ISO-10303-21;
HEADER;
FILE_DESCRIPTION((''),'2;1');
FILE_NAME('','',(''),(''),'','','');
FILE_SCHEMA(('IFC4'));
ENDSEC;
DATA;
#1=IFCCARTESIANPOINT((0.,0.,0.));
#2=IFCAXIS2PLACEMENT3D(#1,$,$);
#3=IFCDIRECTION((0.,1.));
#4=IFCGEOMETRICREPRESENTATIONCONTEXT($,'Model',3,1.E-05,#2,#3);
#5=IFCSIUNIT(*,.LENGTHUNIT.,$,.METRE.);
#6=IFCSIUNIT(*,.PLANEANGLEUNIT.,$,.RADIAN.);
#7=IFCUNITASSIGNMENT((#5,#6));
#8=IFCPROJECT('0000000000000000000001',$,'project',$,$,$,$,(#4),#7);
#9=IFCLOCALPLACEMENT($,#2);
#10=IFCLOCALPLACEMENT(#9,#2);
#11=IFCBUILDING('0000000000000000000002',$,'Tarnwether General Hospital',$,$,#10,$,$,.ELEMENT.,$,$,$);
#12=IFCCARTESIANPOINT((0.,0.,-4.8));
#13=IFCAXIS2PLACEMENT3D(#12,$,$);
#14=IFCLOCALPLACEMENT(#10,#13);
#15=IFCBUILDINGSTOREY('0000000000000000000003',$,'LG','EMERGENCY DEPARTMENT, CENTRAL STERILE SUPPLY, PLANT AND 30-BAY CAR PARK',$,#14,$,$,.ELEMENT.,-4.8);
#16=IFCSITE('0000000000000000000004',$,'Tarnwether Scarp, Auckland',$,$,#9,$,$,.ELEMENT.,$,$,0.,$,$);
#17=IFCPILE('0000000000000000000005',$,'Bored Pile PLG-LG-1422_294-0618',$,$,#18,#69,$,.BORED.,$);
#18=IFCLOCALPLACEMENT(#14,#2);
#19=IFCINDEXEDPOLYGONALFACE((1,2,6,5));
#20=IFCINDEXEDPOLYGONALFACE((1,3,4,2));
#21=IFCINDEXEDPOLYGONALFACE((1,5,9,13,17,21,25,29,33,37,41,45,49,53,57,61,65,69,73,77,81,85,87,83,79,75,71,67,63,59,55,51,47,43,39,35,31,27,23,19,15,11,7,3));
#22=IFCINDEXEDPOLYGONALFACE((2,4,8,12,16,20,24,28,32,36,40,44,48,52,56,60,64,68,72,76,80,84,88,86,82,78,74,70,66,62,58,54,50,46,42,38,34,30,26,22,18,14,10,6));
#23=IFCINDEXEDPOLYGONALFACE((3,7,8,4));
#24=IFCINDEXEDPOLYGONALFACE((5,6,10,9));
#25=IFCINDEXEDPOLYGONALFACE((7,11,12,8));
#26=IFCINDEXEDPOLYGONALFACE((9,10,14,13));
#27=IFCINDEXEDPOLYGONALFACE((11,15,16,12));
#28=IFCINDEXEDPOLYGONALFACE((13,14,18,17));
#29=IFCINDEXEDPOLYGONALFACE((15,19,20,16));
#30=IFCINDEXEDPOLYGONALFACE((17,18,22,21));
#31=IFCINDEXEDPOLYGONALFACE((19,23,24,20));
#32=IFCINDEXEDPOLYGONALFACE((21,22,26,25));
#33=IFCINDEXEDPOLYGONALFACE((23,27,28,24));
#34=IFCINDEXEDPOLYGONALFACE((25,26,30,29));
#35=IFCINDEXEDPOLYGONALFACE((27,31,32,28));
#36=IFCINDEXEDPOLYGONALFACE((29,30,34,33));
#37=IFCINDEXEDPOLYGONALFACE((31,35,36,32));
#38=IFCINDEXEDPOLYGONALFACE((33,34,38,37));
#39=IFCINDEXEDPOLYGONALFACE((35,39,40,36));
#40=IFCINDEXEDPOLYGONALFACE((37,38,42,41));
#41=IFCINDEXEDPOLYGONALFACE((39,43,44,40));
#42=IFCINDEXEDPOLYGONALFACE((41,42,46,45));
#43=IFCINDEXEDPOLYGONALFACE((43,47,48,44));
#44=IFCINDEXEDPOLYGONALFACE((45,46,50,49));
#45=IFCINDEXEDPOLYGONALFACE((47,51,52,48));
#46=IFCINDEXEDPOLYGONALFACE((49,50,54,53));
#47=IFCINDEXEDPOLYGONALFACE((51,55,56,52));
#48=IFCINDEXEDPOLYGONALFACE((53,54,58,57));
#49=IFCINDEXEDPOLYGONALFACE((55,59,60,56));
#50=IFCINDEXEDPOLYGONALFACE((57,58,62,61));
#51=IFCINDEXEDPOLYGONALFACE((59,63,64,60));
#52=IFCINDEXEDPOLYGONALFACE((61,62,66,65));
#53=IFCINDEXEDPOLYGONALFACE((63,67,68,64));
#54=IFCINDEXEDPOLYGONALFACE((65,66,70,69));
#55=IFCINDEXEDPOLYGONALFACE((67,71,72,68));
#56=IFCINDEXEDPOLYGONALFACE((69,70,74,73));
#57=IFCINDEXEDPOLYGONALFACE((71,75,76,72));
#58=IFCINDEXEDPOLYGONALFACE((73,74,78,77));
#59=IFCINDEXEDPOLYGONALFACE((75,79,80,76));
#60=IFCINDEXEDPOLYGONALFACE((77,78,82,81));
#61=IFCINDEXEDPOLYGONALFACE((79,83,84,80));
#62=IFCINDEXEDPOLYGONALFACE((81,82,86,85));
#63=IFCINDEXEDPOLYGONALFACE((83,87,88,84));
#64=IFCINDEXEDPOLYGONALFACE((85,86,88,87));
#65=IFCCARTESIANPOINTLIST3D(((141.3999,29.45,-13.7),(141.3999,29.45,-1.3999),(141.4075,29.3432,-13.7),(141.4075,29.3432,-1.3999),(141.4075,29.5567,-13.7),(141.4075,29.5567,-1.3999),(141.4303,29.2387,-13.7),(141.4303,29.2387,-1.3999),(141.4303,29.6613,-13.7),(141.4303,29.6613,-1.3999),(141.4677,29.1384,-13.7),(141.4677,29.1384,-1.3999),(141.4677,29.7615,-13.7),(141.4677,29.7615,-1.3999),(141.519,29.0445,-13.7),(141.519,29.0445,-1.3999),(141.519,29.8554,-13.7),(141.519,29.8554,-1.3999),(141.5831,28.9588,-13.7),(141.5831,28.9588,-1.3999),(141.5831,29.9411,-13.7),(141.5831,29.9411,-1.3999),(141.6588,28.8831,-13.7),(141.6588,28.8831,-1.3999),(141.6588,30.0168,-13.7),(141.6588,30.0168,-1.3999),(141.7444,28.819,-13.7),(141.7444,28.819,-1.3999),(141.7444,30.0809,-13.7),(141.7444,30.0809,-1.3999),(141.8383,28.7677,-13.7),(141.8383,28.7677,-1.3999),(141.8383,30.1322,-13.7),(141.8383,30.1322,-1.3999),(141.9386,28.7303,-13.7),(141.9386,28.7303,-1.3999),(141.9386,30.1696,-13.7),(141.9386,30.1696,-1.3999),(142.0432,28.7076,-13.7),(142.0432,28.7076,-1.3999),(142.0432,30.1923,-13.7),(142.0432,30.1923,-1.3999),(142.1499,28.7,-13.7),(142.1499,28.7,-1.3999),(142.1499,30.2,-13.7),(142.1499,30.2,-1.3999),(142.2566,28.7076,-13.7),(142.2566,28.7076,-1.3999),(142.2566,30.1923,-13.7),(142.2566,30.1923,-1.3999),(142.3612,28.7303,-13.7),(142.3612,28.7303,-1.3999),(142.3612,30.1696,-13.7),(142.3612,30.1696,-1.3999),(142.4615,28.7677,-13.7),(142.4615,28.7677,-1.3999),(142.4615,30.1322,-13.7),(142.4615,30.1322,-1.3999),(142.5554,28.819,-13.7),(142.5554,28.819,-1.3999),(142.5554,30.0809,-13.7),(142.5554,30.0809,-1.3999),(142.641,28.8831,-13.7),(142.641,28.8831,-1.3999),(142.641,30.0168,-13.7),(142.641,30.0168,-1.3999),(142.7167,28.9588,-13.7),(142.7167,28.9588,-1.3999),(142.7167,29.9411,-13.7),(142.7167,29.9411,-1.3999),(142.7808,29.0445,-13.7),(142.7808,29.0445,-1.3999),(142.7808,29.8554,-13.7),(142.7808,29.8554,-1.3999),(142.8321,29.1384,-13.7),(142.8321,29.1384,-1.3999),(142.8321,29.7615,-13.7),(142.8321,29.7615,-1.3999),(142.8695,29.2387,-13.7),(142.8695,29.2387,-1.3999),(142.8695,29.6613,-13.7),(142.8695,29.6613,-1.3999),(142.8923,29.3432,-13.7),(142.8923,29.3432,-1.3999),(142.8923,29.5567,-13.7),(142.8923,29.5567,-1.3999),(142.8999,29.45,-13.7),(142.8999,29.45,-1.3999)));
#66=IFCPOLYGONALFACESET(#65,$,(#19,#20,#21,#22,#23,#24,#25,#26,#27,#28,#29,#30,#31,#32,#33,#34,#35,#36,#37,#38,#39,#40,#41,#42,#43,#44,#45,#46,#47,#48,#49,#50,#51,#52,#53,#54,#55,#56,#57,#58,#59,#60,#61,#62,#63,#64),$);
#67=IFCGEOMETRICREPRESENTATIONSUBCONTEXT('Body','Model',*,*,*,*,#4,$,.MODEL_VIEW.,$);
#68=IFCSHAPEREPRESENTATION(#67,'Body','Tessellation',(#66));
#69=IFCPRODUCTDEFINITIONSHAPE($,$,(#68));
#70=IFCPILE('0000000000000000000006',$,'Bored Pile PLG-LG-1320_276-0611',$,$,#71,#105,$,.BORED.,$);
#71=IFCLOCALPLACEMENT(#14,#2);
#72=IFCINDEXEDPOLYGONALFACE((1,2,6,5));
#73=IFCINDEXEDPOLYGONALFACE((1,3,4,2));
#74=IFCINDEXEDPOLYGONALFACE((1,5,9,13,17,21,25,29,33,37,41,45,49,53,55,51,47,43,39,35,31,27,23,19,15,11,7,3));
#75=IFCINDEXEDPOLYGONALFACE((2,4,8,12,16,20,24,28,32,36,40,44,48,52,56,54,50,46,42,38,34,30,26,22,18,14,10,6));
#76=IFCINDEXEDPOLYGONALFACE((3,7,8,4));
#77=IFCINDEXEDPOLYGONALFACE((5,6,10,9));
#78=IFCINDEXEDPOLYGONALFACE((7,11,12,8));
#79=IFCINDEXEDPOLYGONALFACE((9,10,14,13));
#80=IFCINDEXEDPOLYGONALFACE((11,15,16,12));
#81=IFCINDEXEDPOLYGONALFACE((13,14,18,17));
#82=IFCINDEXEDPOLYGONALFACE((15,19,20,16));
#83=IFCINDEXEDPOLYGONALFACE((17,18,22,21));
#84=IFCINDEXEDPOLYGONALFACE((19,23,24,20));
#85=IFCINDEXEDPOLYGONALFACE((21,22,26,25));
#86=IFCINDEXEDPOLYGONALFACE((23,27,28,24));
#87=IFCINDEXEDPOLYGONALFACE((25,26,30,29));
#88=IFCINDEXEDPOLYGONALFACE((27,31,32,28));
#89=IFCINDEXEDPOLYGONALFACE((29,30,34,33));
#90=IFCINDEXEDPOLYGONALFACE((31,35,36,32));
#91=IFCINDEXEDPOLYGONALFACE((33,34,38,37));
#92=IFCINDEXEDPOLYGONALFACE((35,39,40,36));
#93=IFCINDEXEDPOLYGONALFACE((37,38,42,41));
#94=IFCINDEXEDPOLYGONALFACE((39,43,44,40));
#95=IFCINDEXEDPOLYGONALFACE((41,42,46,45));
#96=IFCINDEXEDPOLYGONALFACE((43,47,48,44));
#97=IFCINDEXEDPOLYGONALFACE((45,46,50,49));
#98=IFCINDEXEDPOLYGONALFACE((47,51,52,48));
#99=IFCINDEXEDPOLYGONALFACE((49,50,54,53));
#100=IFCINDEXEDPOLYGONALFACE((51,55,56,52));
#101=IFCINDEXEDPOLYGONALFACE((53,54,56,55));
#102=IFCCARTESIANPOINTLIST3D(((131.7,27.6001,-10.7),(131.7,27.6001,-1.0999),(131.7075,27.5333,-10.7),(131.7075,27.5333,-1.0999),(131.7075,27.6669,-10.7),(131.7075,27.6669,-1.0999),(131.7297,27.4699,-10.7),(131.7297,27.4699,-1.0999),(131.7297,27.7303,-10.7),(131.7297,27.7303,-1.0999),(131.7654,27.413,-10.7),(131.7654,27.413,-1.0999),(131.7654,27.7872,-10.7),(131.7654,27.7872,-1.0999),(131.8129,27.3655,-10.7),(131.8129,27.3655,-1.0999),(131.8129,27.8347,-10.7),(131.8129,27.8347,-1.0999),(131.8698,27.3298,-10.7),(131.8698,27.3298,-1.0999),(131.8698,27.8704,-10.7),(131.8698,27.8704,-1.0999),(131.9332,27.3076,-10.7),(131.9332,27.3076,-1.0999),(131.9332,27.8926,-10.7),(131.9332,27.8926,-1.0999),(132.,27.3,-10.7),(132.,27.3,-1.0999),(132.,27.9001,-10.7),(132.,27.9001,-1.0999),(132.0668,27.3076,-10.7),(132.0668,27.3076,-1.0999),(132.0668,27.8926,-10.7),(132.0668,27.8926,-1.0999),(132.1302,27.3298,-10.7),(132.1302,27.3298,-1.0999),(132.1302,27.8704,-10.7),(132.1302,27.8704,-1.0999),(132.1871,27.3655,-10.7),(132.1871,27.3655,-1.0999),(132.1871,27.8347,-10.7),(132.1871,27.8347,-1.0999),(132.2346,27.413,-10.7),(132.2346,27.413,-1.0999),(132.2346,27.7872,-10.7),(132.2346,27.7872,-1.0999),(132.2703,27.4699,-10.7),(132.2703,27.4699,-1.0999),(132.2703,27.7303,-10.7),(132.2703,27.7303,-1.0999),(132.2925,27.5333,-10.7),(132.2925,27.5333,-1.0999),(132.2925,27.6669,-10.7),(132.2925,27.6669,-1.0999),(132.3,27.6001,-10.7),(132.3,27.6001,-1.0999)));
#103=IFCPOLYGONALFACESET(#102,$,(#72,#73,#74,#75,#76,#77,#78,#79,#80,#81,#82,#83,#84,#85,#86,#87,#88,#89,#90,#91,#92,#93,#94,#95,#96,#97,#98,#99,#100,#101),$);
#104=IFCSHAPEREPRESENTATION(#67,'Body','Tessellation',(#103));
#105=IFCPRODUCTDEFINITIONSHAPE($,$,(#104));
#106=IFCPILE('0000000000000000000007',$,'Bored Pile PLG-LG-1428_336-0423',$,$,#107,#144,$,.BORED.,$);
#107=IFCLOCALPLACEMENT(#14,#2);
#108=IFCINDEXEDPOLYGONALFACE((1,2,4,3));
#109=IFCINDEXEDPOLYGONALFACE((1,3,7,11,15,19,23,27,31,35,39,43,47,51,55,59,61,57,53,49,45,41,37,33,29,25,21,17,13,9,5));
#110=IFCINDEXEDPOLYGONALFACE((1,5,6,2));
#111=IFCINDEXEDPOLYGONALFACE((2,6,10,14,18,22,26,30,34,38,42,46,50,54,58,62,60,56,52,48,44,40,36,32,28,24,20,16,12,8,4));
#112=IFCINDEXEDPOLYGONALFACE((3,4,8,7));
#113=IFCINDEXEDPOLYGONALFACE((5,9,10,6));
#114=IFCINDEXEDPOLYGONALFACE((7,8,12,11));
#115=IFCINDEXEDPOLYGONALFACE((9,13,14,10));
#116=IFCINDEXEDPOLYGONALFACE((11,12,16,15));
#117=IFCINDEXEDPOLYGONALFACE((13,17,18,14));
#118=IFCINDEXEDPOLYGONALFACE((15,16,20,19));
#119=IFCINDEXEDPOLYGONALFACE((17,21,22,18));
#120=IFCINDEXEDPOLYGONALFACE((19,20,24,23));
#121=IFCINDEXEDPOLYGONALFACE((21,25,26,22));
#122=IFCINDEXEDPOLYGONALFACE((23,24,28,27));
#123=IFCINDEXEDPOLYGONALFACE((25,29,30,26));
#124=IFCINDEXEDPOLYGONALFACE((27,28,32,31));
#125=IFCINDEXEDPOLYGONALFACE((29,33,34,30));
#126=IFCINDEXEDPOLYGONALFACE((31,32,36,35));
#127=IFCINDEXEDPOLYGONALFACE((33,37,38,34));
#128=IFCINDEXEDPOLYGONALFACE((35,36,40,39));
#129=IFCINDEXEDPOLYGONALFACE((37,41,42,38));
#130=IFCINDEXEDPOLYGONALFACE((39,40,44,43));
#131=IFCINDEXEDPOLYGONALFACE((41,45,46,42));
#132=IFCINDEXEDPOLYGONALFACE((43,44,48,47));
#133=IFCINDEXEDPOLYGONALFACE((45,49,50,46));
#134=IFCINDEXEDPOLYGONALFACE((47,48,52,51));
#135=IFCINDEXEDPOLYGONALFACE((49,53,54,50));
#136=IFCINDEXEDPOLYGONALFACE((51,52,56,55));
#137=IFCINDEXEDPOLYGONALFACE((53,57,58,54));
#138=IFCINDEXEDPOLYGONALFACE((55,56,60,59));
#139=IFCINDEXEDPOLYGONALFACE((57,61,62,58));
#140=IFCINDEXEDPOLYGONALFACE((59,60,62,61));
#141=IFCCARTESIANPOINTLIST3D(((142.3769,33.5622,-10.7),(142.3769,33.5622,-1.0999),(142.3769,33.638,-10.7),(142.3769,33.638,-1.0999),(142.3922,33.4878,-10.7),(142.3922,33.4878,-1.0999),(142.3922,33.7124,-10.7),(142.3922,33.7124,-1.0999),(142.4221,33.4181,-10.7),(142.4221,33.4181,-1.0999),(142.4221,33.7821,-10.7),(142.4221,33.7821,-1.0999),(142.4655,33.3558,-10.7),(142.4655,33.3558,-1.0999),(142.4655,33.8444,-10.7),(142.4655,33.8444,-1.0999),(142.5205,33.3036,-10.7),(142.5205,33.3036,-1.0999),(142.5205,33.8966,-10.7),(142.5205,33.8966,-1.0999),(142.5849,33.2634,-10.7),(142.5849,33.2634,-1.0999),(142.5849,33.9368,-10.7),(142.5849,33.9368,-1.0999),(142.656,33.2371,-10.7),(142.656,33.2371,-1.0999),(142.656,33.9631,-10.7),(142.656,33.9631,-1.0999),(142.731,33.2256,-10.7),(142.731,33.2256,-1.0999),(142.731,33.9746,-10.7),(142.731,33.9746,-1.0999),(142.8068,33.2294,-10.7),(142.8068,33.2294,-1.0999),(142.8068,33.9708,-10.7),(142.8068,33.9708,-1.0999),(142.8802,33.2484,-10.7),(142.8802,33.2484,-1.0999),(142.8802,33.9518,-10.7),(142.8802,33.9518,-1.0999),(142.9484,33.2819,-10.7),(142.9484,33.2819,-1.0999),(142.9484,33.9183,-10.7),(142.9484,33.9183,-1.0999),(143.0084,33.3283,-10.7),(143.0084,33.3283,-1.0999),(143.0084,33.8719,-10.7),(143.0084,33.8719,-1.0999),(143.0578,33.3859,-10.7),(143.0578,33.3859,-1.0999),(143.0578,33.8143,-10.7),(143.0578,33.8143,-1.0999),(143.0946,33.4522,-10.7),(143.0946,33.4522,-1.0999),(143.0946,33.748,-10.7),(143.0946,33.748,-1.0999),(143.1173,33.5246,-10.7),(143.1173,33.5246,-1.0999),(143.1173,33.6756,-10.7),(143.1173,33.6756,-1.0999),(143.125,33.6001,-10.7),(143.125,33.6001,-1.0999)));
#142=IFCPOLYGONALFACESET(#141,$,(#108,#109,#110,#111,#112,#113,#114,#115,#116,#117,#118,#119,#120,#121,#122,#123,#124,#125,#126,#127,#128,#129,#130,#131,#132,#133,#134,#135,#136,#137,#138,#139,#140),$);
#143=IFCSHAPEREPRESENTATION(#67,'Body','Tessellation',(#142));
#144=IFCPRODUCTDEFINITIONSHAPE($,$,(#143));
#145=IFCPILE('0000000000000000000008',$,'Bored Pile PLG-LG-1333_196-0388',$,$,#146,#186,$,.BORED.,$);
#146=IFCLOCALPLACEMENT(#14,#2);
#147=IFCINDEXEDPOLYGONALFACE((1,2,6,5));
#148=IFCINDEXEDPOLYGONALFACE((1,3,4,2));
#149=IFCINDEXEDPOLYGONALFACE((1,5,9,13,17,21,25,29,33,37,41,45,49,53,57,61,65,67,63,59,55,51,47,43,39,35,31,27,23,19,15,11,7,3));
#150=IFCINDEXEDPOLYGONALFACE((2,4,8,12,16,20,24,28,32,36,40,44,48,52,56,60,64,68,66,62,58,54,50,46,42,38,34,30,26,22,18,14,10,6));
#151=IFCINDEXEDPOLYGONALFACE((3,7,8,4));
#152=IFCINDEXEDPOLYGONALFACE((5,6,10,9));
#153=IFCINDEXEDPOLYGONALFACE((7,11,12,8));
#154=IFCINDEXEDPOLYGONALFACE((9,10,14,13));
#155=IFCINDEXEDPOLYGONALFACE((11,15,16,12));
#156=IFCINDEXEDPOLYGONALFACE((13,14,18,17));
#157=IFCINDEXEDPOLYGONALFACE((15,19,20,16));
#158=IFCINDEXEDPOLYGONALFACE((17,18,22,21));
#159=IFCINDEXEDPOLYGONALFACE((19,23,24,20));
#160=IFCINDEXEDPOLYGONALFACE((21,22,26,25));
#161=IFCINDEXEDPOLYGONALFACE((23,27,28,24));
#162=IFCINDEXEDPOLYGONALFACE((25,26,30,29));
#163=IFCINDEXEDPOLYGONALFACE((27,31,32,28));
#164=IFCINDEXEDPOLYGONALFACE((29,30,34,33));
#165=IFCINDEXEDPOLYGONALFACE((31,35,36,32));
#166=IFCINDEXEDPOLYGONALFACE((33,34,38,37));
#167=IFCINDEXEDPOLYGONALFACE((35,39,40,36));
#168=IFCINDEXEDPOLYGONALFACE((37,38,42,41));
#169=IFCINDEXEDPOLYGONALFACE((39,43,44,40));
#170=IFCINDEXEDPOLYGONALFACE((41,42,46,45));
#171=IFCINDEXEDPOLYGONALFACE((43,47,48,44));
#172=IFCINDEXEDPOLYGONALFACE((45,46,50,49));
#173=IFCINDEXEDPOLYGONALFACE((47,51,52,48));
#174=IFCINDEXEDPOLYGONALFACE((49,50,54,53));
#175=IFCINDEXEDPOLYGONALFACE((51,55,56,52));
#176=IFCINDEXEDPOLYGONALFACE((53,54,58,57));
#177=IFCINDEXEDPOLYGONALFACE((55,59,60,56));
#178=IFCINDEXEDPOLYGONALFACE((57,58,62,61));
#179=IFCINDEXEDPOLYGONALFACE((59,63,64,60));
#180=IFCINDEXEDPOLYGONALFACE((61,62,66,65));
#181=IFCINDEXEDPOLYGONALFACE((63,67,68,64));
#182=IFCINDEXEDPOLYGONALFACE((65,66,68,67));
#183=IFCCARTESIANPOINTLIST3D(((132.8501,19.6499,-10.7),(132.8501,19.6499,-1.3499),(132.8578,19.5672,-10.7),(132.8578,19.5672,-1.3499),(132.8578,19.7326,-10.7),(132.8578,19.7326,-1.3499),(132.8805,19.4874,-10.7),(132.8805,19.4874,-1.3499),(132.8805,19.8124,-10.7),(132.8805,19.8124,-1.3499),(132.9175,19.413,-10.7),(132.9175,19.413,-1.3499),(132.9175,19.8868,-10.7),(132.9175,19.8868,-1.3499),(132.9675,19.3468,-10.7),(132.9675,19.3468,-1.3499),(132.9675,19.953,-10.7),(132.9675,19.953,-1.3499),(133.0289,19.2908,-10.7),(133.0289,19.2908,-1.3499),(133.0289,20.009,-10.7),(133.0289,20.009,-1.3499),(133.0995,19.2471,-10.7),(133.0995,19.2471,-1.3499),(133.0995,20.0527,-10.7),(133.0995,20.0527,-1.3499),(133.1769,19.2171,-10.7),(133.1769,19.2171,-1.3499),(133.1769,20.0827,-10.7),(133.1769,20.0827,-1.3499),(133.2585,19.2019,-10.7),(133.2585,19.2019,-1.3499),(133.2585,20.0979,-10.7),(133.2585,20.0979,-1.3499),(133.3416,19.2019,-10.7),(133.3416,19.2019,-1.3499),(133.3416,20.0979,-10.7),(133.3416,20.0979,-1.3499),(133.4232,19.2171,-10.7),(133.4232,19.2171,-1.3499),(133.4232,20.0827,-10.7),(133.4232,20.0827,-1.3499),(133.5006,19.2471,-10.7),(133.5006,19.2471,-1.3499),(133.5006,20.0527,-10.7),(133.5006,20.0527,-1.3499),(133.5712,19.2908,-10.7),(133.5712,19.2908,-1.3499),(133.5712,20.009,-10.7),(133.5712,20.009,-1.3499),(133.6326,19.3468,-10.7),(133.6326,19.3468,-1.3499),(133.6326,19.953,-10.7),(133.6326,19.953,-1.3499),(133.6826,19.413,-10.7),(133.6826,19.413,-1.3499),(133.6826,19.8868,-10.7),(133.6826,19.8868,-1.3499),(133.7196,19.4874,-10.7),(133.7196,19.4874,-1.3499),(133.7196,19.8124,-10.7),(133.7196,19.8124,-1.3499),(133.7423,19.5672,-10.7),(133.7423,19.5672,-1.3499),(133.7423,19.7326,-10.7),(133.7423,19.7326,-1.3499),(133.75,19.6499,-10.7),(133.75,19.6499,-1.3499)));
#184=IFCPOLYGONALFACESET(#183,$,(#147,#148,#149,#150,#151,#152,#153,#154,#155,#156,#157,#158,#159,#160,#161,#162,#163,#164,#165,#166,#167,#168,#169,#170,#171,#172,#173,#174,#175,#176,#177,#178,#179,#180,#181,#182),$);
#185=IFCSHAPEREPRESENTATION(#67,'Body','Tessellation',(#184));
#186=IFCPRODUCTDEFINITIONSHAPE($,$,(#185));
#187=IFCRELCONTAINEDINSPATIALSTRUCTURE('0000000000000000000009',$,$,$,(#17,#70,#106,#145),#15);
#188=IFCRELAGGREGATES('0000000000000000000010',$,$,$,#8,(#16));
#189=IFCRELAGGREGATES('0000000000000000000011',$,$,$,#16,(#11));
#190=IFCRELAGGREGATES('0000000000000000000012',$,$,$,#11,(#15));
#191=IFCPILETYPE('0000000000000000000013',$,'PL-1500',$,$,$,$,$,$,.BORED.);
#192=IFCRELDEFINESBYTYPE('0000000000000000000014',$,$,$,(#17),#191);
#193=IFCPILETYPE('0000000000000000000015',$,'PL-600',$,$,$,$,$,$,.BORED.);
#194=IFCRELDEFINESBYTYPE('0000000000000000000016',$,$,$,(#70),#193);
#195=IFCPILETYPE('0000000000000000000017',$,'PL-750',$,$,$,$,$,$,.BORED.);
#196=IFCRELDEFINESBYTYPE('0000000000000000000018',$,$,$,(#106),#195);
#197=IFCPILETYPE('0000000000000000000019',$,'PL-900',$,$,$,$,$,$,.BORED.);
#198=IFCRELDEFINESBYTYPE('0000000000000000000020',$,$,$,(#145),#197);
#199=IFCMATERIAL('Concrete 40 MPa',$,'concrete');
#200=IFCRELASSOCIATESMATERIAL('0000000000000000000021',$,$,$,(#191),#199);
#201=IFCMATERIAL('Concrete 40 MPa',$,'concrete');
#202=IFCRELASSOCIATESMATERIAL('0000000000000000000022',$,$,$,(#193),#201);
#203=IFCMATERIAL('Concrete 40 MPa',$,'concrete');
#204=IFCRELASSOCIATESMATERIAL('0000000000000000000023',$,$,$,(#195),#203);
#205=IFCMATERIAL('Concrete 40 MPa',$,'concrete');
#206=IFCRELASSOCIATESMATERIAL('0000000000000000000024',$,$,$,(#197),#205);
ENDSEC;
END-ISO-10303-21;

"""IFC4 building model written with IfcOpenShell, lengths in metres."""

from ifc_helpers import new_model, si_unit, direction, frame, origin, origin_2d, place, context, subcontext, project, spatial, circle, extrude, material, material_profile, profile_set, type_object, element, save


model = new_model("IFC4")

# Units and contexts
model_context = context("Model", 3, precision=1e-05, world=origin(), true_north=direction((0.0, 1.0)))
body_context = subcontext(model_context, "Body", "Model", "MODEL_VIEW")
ifc_project = project(units=[si_unit("LENGTHUNIT", "METRE"), si_unit("PLANEANGLEUNIT", "RADIAN")], contexts=[model_context])

# Site, building, storey
site_placement = place(None, origin())
site = spatial("IfcSite", under=ifc_project, at=site_placement, Name="Tarnwether Scarp, Auckland", CompositionType="ELEMENT", RefElevation=0.0)
building_placement = place(site_placement, origin())
building = spatial("IfcBuilding", under=site, at=building_placement, Name="Tarnwether General Hospital", CompositionType="ELEMENT")
storey_placement = place(building_placement, frame((0.0, 0.0, -4.8)))
storey = spatial("IfcBuildingStorey", under=building, at=storey_placement, Name="LG", Description="EMERGENCY DEPARTMENT, CENTRAL STERILE SUPPLY, PLANT AND 30-BAY CAR PARK", CompositionType="ELEMENT", Elevation=-4.8)

# Piles
ifc_material_1 = material(Name="Concrete 40 MPa", Category="concrete")
ifc_material_profile_1 = material_profile(ifc_material_1, circle(Radius=0.75, at=origin_2d()), Name="PILE-D1500")
ifc_profile_set_1 = profile_set([ifc_material_profile_1], Name="Concrete 40 MPa")
pile_type_1 = type_object("IfcPileType", Name="PL-1500", PredefinedType="BORED", material=ifc_profile_set_1)
for number, where, z_axis, x_axis, name in (
    (1, (142.1499, 29.45, -1.3999), (0.0, 0.0, -1.0), (1.0, 0.0, 0.0), "Bored Pile PLG-LG-1422_294-0618"),
):
    element("IfcPile", number, at=place(storey_placement, frame(where, z_axis=z_axis, x_axis=x_axis)), inside=storey, type_object=pile_type_1, Name=name, PredefinedType="BORED", context=body_context, shape_type="SweptSolid", body=[
        extrude(circle(Radius=0.75, at=origin_2d()), origin(), (0.0, 0.0, 1.0), 12.3),
    ])
ifc_material_2 = material(Name="Concrete 40 MPa", Category="concrete")
ifc_material_profile_2 = material_profile(ifc_material_2, circle(Radius=0.3, at=origin_2d()), Name="PILE-D600")
ifc_profile_set_2 = profile_set([ifc_material_profile_2], Name="Concrete 40 MPa")
pile_type_2 = type_object("IfcPileType", Name="PL-600", PredefinedType="BORED", material=ifc_profile_set_2)
pile_1_placement = place(storey_placement, frame((132.0, 27.6001, -1.0999), z_axis=(0.0, 0.0, -1.0), x_axis=(1.0, 0.0, 0.0)))
element("IfcPile", 2, at=pile_1_placement, inside=storey, type_object=pile_type_2, Name="Bored Pile PLG-LG-1320_276-0611", PredefinedType="BORED", context=body_context, shape_type="SweptSolid", body=[
    extrude(circle(Radius=0.3, at=origin_2d()), origin(), (0.0, 0.0, 1.0), 9.6001),
])
ifc_material_3 = material(Name="Concrete 40 MPa", Category="concrete")
ifc_material_profile_3 = material_profile(ifc_material_3, circle(Radius=0.375, at=origin_2d()), Name="PILE-D750")
ifc_profile_set_3 = profile_set([ifc_material_profile_3], Name="Concrete 40 MPa")
pile_type_3 = type_object("IfcPileType", Name="PL-750", PredefinedType="BORED", material=ifc_profile_set_3)
pile_2_placement = place(storey_placement, frame((142.75, 33.6001, -1.0999), z_axis=(0.0, 0.0, -1.0), x_axis=(1.0, 0.0, 0.0)))
element("IfcPile", 3, at=pile_2_placement, inside=storey, type_object=pile_type_3, Name="Bored Pile PLG-LG-1428_336-0423", PredefinedType="BORED", context=body_context, shape_type="SweptSolid", body=[
    extrude(circle(Radius=0.375, at=origin_2d()), origin(), (0.0, 0.0, 1.0), 9.6001),
])
ifc_material_4 = material(Name="Concrete 40 MPa", Category="concrete")
ifc_material_profile_4 = material_profile(ifc_material_4, circle(Radius=0.45, at=origin_2d()), Name="PILE-D900")
ifc_profile_set_4 = profile_set([ifc_material_profile_4], Name="Concrete 40 MPa")
pile_type_4 = type_object("IfcPileType", Name="PL-900", PredefinedType="BORED", material=ifc_profile_set_4)
for number, where, z_axis, x_axis, name in (
    (4, (133.3, 19.6499, -1.3499), (0.0, 0.0, -1.0), (1.0, 0.0, 0.0), "Bored Pile PLG-LG-1333_196-0388"),
):
    element("IfcPile", number, at=place(storey_placement, frame(where, z_axis=z_axis, x_axis=x_axis)), inside=storey, type_object=pile_type_4, Name=name, PredefinedType="BORED", context=body_context, shape_type="SweptSolid", body=[
        extrude(circle(Radius=0.45, at=origin_2d()), origin(), (0.0, 0.0, 1.0), 9.3501),
    ])

save(model, "model.ifc")
